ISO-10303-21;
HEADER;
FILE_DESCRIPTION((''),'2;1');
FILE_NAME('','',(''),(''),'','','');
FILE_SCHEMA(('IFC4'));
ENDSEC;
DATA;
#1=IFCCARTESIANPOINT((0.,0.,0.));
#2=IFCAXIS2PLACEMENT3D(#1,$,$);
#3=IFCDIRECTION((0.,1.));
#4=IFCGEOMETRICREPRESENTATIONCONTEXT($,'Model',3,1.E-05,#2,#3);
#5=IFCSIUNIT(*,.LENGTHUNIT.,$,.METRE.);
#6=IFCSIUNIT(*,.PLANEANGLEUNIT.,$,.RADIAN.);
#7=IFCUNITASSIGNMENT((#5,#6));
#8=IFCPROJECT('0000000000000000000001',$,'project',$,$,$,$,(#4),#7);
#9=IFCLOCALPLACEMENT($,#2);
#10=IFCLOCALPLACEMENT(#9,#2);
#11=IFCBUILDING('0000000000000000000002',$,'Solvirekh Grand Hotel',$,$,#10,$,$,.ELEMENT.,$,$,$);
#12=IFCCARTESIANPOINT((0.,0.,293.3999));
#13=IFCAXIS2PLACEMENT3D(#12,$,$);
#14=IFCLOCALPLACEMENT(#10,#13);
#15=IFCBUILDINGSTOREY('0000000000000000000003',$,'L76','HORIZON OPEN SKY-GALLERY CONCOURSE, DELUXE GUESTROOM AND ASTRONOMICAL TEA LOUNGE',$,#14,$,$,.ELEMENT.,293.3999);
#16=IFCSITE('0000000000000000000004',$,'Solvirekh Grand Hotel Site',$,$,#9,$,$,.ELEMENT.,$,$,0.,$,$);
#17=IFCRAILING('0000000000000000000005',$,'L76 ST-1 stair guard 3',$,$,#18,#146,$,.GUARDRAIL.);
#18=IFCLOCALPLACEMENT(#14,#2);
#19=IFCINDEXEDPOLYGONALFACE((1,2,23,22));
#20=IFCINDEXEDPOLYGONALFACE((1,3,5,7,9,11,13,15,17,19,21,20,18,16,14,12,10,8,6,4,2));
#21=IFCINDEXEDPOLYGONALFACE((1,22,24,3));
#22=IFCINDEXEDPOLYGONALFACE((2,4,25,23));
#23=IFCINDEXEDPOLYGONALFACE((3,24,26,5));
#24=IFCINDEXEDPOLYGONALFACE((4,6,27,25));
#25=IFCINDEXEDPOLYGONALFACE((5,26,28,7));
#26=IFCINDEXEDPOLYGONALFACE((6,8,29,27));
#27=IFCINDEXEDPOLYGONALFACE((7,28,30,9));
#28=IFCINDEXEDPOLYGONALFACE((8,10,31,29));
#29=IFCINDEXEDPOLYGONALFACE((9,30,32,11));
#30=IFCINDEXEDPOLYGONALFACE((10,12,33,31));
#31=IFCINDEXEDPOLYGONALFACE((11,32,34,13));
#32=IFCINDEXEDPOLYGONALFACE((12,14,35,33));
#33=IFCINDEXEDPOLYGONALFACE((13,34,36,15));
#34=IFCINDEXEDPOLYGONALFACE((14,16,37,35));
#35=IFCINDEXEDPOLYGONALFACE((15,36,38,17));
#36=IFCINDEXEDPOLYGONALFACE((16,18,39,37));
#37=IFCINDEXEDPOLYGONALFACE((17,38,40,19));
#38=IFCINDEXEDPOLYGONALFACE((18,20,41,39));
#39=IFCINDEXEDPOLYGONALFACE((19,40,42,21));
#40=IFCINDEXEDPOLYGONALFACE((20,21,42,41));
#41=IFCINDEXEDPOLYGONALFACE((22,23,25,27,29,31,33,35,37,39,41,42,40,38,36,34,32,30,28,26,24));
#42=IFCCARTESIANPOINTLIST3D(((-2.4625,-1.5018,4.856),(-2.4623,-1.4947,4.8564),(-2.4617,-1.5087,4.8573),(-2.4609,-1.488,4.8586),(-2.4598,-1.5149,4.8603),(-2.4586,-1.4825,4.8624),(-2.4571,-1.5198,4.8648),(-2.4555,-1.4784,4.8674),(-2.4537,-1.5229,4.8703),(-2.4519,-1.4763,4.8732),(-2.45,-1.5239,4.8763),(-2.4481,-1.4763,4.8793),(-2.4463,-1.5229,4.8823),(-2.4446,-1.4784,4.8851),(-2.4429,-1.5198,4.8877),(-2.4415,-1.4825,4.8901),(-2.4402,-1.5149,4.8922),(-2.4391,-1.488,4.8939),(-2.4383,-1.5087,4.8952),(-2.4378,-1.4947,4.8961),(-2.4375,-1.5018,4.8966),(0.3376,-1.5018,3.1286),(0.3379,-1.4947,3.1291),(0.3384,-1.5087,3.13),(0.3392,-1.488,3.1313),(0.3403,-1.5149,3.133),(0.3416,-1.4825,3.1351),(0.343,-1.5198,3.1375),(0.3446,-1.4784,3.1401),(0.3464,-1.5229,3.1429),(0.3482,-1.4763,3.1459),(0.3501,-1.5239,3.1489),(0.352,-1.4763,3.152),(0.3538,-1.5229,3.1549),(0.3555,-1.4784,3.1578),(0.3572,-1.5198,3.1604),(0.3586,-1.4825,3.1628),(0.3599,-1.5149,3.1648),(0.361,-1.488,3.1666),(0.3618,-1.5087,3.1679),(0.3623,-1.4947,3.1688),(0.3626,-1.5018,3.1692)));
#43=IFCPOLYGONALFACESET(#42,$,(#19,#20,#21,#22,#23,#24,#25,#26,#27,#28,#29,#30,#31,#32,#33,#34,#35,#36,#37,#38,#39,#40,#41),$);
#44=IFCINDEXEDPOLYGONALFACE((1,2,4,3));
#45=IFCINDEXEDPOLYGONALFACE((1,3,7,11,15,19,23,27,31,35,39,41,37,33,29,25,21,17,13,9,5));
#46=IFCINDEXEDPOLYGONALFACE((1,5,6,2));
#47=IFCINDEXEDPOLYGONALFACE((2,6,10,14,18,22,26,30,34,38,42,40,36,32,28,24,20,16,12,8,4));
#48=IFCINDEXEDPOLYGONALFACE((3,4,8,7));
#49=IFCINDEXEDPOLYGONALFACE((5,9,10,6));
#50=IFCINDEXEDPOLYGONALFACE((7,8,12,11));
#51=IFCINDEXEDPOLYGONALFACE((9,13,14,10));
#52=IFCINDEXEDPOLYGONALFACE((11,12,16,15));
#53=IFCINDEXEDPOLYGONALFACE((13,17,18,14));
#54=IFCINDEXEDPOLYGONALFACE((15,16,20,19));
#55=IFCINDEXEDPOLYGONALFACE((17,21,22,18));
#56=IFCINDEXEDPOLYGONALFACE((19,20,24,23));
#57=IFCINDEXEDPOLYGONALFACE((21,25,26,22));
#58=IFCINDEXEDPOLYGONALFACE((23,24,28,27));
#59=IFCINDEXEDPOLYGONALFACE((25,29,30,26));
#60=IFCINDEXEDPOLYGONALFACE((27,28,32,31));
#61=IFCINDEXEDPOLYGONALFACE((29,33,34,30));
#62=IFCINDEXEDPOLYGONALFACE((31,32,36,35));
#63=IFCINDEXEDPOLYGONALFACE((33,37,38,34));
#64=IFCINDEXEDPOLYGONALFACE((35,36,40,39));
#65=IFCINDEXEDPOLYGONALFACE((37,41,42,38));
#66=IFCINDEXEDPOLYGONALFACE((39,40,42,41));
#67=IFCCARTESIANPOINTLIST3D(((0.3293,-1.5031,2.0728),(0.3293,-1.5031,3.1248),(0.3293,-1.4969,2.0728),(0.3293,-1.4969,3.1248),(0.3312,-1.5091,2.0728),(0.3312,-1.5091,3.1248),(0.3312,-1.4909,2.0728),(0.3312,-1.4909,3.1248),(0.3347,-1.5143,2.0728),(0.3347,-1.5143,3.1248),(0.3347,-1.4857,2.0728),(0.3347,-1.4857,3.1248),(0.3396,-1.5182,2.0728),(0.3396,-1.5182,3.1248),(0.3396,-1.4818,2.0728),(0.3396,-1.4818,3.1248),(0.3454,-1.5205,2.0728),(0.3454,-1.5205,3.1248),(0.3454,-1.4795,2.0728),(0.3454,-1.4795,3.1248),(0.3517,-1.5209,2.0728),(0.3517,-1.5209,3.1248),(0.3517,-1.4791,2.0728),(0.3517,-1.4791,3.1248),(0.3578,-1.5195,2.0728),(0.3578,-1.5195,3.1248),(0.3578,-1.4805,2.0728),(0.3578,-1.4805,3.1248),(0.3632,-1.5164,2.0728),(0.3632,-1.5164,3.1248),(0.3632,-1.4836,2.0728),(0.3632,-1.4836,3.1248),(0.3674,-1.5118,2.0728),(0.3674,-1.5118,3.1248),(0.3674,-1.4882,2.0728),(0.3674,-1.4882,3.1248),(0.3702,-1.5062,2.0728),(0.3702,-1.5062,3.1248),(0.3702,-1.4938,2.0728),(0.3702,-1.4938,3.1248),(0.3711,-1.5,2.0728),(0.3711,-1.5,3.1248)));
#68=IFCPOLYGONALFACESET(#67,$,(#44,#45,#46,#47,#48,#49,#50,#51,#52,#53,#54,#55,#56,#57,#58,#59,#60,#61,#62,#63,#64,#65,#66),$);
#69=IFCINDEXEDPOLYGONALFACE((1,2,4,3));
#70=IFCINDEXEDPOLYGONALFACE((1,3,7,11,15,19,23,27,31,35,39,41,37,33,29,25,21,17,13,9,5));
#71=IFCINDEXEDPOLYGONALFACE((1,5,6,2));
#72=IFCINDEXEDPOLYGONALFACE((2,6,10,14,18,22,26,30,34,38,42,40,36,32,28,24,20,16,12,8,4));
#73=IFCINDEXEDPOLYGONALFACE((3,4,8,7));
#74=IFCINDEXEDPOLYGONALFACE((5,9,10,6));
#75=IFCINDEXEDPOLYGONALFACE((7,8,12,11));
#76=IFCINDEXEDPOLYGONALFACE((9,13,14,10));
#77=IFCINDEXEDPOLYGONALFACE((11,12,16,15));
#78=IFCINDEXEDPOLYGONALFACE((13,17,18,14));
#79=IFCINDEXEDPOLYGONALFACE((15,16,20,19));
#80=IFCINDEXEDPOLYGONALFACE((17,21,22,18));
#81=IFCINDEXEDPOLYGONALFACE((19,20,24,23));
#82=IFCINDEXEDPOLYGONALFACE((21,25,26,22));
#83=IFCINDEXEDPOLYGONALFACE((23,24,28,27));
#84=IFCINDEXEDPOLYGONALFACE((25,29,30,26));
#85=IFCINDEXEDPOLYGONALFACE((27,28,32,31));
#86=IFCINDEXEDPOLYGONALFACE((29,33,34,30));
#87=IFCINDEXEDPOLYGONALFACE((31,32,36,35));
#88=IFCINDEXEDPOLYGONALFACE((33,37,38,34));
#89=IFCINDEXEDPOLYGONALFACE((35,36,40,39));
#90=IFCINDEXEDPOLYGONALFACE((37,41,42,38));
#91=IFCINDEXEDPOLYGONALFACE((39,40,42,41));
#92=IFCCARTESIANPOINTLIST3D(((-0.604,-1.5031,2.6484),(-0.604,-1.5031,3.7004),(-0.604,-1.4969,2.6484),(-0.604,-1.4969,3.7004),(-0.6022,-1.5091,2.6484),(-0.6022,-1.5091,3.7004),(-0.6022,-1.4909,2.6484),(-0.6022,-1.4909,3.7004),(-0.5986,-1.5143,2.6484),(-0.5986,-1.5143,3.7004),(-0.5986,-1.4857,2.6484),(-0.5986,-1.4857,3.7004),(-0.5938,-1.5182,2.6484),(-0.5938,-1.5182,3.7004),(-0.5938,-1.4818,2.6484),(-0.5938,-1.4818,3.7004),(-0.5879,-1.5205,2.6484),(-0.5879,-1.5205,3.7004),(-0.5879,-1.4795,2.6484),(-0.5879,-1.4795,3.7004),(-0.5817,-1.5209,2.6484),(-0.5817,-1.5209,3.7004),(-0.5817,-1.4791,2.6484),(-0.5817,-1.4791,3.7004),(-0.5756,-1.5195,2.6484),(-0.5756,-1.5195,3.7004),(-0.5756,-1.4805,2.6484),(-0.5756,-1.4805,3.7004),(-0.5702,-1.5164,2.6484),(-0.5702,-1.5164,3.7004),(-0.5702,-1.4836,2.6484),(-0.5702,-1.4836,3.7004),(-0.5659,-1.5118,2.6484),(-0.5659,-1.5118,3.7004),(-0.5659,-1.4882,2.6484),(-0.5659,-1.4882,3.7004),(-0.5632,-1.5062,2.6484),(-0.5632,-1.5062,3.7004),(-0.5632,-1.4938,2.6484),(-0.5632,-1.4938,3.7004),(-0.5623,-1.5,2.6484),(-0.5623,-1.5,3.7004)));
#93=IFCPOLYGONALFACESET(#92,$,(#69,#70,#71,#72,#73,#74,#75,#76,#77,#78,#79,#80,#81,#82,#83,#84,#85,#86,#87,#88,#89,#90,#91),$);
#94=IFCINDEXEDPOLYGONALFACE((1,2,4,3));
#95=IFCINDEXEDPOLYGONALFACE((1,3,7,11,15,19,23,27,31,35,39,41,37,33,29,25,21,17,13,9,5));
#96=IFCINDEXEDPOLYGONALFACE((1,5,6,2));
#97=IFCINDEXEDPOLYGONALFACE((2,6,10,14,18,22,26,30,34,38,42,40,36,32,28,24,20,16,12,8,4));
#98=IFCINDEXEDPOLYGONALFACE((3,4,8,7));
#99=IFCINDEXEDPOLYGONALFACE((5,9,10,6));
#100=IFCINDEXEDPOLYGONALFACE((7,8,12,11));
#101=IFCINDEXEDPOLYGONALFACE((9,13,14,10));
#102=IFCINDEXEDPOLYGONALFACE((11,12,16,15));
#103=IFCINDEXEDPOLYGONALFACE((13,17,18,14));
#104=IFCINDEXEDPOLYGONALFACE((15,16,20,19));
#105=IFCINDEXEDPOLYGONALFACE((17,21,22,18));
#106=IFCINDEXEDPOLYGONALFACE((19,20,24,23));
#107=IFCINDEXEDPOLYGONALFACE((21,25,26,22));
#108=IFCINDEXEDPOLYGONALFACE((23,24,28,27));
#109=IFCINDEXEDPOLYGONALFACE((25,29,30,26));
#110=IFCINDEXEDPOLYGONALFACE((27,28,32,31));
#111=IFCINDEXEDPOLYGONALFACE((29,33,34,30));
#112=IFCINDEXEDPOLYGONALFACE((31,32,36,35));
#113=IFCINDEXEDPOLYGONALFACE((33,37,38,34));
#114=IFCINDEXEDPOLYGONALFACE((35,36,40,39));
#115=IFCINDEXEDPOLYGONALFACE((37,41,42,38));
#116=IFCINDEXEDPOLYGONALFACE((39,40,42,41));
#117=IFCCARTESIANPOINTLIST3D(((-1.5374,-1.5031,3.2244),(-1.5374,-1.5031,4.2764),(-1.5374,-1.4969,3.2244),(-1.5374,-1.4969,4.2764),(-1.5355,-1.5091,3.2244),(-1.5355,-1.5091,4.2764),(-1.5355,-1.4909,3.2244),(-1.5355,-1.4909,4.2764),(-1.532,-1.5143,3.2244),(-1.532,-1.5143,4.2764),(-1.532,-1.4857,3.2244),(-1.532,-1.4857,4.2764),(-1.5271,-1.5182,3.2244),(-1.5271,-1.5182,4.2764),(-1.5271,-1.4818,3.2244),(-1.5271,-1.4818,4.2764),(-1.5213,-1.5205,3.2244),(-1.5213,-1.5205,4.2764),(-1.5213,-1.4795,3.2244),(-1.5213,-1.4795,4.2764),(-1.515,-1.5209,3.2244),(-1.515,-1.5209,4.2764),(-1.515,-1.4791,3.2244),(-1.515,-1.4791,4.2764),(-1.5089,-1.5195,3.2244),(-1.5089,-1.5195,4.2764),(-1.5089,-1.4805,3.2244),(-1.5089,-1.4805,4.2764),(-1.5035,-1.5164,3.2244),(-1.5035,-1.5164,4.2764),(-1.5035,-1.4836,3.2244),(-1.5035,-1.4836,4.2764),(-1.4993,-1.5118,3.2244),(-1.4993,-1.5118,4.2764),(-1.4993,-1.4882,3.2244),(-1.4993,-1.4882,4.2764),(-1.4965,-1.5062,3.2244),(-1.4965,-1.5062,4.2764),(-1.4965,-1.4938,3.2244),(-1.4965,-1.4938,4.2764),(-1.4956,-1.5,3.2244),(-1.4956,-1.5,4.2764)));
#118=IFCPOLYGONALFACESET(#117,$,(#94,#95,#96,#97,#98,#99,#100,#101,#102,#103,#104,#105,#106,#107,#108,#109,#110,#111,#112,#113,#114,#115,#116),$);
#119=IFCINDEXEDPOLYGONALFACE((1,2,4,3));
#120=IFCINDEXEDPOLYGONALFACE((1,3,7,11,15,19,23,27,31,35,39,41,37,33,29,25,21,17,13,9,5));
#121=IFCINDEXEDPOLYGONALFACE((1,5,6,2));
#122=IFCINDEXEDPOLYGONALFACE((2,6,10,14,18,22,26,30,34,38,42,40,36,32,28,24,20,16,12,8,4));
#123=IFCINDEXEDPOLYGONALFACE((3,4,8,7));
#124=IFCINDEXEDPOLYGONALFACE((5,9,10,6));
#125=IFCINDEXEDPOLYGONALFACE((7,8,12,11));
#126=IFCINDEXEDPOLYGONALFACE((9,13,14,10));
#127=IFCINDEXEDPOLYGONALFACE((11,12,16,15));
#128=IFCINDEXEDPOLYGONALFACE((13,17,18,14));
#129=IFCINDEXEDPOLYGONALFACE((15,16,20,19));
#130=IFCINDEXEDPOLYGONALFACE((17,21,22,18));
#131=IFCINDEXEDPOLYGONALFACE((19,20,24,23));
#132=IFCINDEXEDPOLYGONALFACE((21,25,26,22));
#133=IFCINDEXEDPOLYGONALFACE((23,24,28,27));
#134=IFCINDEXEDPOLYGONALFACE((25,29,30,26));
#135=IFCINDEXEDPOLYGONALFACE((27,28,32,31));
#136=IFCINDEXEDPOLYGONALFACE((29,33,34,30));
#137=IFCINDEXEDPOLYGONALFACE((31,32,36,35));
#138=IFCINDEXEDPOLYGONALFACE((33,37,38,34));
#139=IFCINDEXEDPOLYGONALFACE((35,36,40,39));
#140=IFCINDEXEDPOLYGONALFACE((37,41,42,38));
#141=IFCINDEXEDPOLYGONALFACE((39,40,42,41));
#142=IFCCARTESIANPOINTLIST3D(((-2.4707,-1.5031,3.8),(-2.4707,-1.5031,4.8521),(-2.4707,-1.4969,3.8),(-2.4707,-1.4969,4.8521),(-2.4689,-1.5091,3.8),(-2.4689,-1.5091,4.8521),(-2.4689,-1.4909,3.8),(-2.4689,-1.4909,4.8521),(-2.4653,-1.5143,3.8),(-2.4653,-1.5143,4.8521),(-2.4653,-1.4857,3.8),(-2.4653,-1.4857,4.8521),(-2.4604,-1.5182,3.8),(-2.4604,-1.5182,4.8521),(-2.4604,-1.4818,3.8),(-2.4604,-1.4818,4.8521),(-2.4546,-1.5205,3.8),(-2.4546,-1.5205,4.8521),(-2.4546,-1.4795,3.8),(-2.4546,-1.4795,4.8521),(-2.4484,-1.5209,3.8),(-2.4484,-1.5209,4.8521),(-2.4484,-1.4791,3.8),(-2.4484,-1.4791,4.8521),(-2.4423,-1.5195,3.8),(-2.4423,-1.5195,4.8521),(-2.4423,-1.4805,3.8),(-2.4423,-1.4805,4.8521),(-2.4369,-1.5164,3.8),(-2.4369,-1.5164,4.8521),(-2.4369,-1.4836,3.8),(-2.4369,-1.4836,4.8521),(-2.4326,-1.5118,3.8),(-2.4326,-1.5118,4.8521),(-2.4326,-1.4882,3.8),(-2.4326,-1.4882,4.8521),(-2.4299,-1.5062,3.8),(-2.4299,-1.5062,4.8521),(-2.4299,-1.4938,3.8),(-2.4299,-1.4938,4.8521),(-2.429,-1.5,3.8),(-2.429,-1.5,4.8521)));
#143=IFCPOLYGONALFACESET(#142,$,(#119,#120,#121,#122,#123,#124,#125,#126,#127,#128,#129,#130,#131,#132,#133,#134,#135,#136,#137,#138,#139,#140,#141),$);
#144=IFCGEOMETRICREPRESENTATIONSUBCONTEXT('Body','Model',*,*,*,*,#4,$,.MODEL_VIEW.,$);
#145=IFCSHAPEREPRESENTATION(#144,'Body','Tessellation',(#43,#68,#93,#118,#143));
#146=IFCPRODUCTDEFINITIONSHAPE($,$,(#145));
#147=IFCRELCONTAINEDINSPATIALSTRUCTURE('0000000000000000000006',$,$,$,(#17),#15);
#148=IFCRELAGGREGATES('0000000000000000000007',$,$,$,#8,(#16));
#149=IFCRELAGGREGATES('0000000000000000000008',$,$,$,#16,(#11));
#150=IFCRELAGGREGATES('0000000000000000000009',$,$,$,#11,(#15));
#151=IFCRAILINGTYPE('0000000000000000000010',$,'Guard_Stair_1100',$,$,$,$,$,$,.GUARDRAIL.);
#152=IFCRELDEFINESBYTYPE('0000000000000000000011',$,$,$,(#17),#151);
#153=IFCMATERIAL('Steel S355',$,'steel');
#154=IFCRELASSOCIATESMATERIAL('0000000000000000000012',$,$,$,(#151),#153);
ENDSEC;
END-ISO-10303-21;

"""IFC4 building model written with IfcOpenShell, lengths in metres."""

from ifc_helpers import new_model, si_unit, direction, frame, origin, origin_2d, place, context, subcontext, project, spatial, circle, extrude, material, type_object, element, save


model = new_model("IFC4")

# Units and contexts
model_context = context("Model", 3, precision=1e-05, world=origin(), true_north=direction((0.0, 1.0)))
body_context = subcontext(model_context, "Body", "Model", "MODEL_VIEW")
ifc_project = project(units=[si_unit("LENGTHUNIT", "METRE"), si_unit("PLANEANGLEUNIT", "RADIAN")], contexts=[model_context])

# Site, building, storey
site_placement = place(None, origin())
site = spatial("IfcSite", under=ifc_project, at=site_placement, Name="Solvirekh Grand Hotel Site", CompositionType="ELEMENT", RefElevation=0.0)
building_placement = place(site_placement, origin())
building = spatial("IfcBuilding", under=site, at=building_placement, Name="Solvirekh Grand Hotel", CompositionType="ELEMENT")
storey_placement = place(building_placement, frame((0.0, 0.0, 293.3999)))
storey = spatial("IfcBuildingStorey", under=building, at=storey_placement, Name="L76", Description="HORIZON OPEN SKY-GALLERY CONCOURSE, DELUXE GUESTROOM AND ASTRONOMICAL TEA LOUNGE", CompositionType="ELEMENT", Elevation=293.3999)

# Railing
ifc_material_1 = material(Name="Steel S355", Category="steel")
railing_type_1 = type_object("IfcRailingType", Name="Guard_Stair_1100", PredefinedType="GUARDRAIL", material=ifc_material_1)
railing_1_placement = place(storey_placement, frame((0.3501, -1.5, 2.0728)))
element("IfcRailing", 1, at=railing_1_placement, inside=storey, type_object=railing_type_1, Name="L76 ST-1 stair guard 3", PredefinedType="GUARDRAIL", context=body_context, shape_type="SweptSolid", body=[
    extrude(circle(Radius=0.0239, at=origin_2d()), frame((0.0, 0.0, 1.0762), z_axis=(-0.85109, 0.0, 0.52502), x_axis=(0.0, -1.0, 0.0)), (0.0, 0.0, 1.0), 3.29),
    extrude(circle(Radius=0.021, at=origin_2d()), origin(), (0.0, 0.0, 1.0), 1.052),
    extrude(circle(Radius=0.021, at=origin_2d()), frame((-0.9333, 0.0, 0.5757)), (0.0, 0.0, 1.0), 1.052),
    extrude(circle(Radius=0.021, at=origin_2d()), frame((-1.8667, 0.0, 1.1516)), (0.0, 0.0, 1.0), 1.052),
    extrude(circle(Radius=0.021, at=origin_2d()), frame((-2.8, 0.0, 1.7273)), (0.0, 0.0, 1.0), 1.052),
])

save(model, "model.ifc")
